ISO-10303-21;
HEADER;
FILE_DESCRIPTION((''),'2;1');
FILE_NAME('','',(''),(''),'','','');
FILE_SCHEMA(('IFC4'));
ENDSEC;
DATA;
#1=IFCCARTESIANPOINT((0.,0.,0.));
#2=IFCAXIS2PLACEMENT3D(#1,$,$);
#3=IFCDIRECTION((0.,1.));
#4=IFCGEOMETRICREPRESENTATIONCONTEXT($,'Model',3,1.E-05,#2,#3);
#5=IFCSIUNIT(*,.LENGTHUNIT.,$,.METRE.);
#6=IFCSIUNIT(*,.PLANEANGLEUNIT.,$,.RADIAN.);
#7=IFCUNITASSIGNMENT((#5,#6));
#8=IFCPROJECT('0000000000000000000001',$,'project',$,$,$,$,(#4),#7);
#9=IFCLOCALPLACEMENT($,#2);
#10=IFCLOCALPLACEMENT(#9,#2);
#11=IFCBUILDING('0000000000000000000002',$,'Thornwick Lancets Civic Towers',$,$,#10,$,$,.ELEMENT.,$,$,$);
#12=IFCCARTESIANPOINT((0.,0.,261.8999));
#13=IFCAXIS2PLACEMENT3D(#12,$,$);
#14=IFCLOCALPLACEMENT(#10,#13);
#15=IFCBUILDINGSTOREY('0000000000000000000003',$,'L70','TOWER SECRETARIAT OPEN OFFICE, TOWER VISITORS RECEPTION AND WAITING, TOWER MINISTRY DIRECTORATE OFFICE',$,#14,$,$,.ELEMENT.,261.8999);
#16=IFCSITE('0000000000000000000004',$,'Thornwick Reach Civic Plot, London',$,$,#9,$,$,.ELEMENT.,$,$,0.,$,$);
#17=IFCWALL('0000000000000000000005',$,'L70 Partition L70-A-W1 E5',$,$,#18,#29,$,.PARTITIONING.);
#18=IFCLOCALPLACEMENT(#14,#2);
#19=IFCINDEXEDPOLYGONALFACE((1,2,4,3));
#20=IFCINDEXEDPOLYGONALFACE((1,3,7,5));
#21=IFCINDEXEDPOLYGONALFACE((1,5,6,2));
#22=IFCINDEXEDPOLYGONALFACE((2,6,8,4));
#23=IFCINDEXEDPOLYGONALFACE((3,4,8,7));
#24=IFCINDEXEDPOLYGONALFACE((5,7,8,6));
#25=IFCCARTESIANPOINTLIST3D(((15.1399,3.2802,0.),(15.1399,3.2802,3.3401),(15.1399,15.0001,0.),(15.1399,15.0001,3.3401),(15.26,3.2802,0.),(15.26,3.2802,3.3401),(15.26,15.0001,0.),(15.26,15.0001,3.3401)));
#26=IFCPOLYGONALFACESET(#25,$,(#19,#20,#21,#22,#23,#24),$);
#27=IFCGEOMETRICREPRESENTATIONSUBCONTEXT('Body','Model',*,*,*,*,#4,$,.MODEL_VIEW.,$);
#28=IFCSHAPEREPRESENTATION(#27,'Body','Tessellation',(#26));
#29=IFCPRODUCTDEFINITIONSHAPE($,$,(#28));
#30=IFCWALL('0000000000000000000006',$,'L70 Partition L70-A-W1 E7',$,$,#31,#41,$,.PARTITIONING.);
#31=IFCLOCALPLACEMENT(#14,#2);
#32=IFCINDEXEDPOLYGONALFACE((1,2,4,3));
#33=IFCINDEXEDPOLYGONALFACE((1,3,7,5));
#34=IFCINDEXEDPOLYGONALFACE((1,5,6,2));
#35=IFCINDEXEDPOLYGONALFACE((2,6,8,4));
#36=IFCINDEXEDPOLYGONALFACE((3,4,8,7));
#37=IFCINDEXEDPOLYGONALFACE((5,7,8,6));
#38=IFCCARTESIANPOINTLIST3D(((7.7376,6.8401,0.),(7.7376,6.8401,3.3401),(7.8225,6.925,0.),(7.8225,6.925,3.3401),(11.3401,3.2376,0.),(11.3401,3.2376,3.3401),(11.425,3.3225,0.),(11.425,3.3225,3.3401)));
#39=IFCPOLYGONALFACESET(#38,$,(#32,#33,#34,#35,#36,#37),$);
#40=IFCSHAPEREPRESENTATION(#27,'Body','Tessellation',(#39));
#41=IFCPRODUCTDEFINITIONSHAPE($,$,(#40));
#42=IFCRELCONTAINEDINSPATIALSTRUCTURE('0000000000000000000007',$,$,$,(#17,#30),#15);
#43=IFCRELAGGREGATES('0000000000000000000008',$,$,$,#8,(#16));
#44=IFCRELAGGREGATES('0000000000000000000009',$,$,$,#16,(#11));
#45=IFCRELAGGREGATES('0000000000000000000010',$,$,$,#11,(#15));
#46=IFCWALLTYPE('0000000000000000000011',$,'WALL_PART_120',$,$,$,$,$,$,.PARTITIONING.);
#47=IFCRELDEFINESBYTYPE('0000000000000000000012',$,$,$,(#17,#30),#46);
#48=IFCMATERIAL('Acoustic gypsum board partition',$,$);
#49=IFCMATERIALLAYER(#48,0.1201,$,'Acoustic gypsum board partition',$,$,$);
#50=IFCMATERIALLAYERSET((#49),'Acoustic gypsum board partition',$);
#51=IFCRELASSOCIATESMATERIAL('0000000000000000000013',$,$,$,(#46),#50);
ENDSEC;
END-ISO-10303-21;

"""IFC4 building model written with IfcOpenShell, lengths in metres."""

from ifc_helpers import new_model, si_unit, direction, frame, frame_2d, origin, place, context, subcontext, project, spatial, rectangle, extrude, material, layer, layer_set, type_object, element, save


model = new_model("IFC4")

# Units and contexts
model_context = context("Model", 3, precision=1e-05, world=origin(), true_north=direction((0.0, 1.0)))
body_context = subcontext(model_context, "Body", "Model", "MODEL_VIEW")
ifc_project = project(units=[si_unit("LENGTHUNIT", "METRE"), si_unit("PLANEANGLEUNIT", "RADIAN")], contexts=[model_context])

# Site, building, storey
site_placement = place(None, origin())
site = spatial("IfcSite", under=ifc_project, at=site_placement, Name="Thornwick Reach Civic Plot, London", CompositionType="ELEMENT", RefElevation=0.0)
building_placement = place(site_placement, origin())
building = spatial("IfcBuilding", under=site, at=building_placement, Name="Thornwick Lancets Civic Towers", CompositionType="ELEMENT")
storey_placement = place(building_placement, frame((0.0, 0.0, 261.8999)))
storey = spatial("IfcBuildingStorey", under=building, at=storey_placement, Name="L70", Description="TOWER SECRETARIAT OPEN OFFICE, TOWER VISITORS RECEPTION AND WAITING, TOWER MINISTRY DIRECTORATE OFFICE", CompositionType="ELEMENT", Elevation=261.8999)

# Walls
ifc_material_1 = material(Name="Acoustic gypsum board partition")
ifc_layer_1 = layer(ifc_material_1, 0.1201, Name="Acoustic gypsum board partition")
ifc_layer_set_1 = layer_set([ifc_layer_1], Name="Acoustic gypsum board partition")
wall_type_1 = type_object("IfcWallType", Name="WALL_PART_120", PredefinedType="PARTITIONING", material=ifc_layer_set_1)
wall_1_placement = place(storey_placement, frame((15.2, 15.0, 0.0), z_axis=(0.0, 0.0, 1.0), x_axis=(0.0, -1.0, 0.0)))
element("IfcWall", 1, at=wall_1_placement, inside=storey, type_object=wall_type_1, Name="L70 Partition L70-A-W1 E5", PredefinedType="PARTITIONING", context=body_context, shape_type="SweptSolid", body=[
    extrude(rectangle(XDim=11.72, YDim=0.1201, at=frame_2d((5.8599, 0.0))), origin(), (0.0, 0.0, 1.0), 3.3401),
])
wall_2_placement = place(storey_placement, frame((11.3826, 3.28, 0.0), z_axis=(0.0, 0.0, 1.0), x_axis=(-0.707107, 0.707107, 0.0)))
element("IfcWall", 2, at=wall_2_placement, inside=storey, type_object=wall_type_1, Name="L70 Partition L70-A-W1 E7", PredefinedType="PARTITIONING", context=body_context, shape_type="SweptSolid", body=[
    extrude(rectangle(XDim=5.0947, YDim=0.1201, at=frame_2d((2.5474, 0.0))), origin(), (0.0, 0.0, 1.0), 3.3401),
])

save(model, "model.ifc")
